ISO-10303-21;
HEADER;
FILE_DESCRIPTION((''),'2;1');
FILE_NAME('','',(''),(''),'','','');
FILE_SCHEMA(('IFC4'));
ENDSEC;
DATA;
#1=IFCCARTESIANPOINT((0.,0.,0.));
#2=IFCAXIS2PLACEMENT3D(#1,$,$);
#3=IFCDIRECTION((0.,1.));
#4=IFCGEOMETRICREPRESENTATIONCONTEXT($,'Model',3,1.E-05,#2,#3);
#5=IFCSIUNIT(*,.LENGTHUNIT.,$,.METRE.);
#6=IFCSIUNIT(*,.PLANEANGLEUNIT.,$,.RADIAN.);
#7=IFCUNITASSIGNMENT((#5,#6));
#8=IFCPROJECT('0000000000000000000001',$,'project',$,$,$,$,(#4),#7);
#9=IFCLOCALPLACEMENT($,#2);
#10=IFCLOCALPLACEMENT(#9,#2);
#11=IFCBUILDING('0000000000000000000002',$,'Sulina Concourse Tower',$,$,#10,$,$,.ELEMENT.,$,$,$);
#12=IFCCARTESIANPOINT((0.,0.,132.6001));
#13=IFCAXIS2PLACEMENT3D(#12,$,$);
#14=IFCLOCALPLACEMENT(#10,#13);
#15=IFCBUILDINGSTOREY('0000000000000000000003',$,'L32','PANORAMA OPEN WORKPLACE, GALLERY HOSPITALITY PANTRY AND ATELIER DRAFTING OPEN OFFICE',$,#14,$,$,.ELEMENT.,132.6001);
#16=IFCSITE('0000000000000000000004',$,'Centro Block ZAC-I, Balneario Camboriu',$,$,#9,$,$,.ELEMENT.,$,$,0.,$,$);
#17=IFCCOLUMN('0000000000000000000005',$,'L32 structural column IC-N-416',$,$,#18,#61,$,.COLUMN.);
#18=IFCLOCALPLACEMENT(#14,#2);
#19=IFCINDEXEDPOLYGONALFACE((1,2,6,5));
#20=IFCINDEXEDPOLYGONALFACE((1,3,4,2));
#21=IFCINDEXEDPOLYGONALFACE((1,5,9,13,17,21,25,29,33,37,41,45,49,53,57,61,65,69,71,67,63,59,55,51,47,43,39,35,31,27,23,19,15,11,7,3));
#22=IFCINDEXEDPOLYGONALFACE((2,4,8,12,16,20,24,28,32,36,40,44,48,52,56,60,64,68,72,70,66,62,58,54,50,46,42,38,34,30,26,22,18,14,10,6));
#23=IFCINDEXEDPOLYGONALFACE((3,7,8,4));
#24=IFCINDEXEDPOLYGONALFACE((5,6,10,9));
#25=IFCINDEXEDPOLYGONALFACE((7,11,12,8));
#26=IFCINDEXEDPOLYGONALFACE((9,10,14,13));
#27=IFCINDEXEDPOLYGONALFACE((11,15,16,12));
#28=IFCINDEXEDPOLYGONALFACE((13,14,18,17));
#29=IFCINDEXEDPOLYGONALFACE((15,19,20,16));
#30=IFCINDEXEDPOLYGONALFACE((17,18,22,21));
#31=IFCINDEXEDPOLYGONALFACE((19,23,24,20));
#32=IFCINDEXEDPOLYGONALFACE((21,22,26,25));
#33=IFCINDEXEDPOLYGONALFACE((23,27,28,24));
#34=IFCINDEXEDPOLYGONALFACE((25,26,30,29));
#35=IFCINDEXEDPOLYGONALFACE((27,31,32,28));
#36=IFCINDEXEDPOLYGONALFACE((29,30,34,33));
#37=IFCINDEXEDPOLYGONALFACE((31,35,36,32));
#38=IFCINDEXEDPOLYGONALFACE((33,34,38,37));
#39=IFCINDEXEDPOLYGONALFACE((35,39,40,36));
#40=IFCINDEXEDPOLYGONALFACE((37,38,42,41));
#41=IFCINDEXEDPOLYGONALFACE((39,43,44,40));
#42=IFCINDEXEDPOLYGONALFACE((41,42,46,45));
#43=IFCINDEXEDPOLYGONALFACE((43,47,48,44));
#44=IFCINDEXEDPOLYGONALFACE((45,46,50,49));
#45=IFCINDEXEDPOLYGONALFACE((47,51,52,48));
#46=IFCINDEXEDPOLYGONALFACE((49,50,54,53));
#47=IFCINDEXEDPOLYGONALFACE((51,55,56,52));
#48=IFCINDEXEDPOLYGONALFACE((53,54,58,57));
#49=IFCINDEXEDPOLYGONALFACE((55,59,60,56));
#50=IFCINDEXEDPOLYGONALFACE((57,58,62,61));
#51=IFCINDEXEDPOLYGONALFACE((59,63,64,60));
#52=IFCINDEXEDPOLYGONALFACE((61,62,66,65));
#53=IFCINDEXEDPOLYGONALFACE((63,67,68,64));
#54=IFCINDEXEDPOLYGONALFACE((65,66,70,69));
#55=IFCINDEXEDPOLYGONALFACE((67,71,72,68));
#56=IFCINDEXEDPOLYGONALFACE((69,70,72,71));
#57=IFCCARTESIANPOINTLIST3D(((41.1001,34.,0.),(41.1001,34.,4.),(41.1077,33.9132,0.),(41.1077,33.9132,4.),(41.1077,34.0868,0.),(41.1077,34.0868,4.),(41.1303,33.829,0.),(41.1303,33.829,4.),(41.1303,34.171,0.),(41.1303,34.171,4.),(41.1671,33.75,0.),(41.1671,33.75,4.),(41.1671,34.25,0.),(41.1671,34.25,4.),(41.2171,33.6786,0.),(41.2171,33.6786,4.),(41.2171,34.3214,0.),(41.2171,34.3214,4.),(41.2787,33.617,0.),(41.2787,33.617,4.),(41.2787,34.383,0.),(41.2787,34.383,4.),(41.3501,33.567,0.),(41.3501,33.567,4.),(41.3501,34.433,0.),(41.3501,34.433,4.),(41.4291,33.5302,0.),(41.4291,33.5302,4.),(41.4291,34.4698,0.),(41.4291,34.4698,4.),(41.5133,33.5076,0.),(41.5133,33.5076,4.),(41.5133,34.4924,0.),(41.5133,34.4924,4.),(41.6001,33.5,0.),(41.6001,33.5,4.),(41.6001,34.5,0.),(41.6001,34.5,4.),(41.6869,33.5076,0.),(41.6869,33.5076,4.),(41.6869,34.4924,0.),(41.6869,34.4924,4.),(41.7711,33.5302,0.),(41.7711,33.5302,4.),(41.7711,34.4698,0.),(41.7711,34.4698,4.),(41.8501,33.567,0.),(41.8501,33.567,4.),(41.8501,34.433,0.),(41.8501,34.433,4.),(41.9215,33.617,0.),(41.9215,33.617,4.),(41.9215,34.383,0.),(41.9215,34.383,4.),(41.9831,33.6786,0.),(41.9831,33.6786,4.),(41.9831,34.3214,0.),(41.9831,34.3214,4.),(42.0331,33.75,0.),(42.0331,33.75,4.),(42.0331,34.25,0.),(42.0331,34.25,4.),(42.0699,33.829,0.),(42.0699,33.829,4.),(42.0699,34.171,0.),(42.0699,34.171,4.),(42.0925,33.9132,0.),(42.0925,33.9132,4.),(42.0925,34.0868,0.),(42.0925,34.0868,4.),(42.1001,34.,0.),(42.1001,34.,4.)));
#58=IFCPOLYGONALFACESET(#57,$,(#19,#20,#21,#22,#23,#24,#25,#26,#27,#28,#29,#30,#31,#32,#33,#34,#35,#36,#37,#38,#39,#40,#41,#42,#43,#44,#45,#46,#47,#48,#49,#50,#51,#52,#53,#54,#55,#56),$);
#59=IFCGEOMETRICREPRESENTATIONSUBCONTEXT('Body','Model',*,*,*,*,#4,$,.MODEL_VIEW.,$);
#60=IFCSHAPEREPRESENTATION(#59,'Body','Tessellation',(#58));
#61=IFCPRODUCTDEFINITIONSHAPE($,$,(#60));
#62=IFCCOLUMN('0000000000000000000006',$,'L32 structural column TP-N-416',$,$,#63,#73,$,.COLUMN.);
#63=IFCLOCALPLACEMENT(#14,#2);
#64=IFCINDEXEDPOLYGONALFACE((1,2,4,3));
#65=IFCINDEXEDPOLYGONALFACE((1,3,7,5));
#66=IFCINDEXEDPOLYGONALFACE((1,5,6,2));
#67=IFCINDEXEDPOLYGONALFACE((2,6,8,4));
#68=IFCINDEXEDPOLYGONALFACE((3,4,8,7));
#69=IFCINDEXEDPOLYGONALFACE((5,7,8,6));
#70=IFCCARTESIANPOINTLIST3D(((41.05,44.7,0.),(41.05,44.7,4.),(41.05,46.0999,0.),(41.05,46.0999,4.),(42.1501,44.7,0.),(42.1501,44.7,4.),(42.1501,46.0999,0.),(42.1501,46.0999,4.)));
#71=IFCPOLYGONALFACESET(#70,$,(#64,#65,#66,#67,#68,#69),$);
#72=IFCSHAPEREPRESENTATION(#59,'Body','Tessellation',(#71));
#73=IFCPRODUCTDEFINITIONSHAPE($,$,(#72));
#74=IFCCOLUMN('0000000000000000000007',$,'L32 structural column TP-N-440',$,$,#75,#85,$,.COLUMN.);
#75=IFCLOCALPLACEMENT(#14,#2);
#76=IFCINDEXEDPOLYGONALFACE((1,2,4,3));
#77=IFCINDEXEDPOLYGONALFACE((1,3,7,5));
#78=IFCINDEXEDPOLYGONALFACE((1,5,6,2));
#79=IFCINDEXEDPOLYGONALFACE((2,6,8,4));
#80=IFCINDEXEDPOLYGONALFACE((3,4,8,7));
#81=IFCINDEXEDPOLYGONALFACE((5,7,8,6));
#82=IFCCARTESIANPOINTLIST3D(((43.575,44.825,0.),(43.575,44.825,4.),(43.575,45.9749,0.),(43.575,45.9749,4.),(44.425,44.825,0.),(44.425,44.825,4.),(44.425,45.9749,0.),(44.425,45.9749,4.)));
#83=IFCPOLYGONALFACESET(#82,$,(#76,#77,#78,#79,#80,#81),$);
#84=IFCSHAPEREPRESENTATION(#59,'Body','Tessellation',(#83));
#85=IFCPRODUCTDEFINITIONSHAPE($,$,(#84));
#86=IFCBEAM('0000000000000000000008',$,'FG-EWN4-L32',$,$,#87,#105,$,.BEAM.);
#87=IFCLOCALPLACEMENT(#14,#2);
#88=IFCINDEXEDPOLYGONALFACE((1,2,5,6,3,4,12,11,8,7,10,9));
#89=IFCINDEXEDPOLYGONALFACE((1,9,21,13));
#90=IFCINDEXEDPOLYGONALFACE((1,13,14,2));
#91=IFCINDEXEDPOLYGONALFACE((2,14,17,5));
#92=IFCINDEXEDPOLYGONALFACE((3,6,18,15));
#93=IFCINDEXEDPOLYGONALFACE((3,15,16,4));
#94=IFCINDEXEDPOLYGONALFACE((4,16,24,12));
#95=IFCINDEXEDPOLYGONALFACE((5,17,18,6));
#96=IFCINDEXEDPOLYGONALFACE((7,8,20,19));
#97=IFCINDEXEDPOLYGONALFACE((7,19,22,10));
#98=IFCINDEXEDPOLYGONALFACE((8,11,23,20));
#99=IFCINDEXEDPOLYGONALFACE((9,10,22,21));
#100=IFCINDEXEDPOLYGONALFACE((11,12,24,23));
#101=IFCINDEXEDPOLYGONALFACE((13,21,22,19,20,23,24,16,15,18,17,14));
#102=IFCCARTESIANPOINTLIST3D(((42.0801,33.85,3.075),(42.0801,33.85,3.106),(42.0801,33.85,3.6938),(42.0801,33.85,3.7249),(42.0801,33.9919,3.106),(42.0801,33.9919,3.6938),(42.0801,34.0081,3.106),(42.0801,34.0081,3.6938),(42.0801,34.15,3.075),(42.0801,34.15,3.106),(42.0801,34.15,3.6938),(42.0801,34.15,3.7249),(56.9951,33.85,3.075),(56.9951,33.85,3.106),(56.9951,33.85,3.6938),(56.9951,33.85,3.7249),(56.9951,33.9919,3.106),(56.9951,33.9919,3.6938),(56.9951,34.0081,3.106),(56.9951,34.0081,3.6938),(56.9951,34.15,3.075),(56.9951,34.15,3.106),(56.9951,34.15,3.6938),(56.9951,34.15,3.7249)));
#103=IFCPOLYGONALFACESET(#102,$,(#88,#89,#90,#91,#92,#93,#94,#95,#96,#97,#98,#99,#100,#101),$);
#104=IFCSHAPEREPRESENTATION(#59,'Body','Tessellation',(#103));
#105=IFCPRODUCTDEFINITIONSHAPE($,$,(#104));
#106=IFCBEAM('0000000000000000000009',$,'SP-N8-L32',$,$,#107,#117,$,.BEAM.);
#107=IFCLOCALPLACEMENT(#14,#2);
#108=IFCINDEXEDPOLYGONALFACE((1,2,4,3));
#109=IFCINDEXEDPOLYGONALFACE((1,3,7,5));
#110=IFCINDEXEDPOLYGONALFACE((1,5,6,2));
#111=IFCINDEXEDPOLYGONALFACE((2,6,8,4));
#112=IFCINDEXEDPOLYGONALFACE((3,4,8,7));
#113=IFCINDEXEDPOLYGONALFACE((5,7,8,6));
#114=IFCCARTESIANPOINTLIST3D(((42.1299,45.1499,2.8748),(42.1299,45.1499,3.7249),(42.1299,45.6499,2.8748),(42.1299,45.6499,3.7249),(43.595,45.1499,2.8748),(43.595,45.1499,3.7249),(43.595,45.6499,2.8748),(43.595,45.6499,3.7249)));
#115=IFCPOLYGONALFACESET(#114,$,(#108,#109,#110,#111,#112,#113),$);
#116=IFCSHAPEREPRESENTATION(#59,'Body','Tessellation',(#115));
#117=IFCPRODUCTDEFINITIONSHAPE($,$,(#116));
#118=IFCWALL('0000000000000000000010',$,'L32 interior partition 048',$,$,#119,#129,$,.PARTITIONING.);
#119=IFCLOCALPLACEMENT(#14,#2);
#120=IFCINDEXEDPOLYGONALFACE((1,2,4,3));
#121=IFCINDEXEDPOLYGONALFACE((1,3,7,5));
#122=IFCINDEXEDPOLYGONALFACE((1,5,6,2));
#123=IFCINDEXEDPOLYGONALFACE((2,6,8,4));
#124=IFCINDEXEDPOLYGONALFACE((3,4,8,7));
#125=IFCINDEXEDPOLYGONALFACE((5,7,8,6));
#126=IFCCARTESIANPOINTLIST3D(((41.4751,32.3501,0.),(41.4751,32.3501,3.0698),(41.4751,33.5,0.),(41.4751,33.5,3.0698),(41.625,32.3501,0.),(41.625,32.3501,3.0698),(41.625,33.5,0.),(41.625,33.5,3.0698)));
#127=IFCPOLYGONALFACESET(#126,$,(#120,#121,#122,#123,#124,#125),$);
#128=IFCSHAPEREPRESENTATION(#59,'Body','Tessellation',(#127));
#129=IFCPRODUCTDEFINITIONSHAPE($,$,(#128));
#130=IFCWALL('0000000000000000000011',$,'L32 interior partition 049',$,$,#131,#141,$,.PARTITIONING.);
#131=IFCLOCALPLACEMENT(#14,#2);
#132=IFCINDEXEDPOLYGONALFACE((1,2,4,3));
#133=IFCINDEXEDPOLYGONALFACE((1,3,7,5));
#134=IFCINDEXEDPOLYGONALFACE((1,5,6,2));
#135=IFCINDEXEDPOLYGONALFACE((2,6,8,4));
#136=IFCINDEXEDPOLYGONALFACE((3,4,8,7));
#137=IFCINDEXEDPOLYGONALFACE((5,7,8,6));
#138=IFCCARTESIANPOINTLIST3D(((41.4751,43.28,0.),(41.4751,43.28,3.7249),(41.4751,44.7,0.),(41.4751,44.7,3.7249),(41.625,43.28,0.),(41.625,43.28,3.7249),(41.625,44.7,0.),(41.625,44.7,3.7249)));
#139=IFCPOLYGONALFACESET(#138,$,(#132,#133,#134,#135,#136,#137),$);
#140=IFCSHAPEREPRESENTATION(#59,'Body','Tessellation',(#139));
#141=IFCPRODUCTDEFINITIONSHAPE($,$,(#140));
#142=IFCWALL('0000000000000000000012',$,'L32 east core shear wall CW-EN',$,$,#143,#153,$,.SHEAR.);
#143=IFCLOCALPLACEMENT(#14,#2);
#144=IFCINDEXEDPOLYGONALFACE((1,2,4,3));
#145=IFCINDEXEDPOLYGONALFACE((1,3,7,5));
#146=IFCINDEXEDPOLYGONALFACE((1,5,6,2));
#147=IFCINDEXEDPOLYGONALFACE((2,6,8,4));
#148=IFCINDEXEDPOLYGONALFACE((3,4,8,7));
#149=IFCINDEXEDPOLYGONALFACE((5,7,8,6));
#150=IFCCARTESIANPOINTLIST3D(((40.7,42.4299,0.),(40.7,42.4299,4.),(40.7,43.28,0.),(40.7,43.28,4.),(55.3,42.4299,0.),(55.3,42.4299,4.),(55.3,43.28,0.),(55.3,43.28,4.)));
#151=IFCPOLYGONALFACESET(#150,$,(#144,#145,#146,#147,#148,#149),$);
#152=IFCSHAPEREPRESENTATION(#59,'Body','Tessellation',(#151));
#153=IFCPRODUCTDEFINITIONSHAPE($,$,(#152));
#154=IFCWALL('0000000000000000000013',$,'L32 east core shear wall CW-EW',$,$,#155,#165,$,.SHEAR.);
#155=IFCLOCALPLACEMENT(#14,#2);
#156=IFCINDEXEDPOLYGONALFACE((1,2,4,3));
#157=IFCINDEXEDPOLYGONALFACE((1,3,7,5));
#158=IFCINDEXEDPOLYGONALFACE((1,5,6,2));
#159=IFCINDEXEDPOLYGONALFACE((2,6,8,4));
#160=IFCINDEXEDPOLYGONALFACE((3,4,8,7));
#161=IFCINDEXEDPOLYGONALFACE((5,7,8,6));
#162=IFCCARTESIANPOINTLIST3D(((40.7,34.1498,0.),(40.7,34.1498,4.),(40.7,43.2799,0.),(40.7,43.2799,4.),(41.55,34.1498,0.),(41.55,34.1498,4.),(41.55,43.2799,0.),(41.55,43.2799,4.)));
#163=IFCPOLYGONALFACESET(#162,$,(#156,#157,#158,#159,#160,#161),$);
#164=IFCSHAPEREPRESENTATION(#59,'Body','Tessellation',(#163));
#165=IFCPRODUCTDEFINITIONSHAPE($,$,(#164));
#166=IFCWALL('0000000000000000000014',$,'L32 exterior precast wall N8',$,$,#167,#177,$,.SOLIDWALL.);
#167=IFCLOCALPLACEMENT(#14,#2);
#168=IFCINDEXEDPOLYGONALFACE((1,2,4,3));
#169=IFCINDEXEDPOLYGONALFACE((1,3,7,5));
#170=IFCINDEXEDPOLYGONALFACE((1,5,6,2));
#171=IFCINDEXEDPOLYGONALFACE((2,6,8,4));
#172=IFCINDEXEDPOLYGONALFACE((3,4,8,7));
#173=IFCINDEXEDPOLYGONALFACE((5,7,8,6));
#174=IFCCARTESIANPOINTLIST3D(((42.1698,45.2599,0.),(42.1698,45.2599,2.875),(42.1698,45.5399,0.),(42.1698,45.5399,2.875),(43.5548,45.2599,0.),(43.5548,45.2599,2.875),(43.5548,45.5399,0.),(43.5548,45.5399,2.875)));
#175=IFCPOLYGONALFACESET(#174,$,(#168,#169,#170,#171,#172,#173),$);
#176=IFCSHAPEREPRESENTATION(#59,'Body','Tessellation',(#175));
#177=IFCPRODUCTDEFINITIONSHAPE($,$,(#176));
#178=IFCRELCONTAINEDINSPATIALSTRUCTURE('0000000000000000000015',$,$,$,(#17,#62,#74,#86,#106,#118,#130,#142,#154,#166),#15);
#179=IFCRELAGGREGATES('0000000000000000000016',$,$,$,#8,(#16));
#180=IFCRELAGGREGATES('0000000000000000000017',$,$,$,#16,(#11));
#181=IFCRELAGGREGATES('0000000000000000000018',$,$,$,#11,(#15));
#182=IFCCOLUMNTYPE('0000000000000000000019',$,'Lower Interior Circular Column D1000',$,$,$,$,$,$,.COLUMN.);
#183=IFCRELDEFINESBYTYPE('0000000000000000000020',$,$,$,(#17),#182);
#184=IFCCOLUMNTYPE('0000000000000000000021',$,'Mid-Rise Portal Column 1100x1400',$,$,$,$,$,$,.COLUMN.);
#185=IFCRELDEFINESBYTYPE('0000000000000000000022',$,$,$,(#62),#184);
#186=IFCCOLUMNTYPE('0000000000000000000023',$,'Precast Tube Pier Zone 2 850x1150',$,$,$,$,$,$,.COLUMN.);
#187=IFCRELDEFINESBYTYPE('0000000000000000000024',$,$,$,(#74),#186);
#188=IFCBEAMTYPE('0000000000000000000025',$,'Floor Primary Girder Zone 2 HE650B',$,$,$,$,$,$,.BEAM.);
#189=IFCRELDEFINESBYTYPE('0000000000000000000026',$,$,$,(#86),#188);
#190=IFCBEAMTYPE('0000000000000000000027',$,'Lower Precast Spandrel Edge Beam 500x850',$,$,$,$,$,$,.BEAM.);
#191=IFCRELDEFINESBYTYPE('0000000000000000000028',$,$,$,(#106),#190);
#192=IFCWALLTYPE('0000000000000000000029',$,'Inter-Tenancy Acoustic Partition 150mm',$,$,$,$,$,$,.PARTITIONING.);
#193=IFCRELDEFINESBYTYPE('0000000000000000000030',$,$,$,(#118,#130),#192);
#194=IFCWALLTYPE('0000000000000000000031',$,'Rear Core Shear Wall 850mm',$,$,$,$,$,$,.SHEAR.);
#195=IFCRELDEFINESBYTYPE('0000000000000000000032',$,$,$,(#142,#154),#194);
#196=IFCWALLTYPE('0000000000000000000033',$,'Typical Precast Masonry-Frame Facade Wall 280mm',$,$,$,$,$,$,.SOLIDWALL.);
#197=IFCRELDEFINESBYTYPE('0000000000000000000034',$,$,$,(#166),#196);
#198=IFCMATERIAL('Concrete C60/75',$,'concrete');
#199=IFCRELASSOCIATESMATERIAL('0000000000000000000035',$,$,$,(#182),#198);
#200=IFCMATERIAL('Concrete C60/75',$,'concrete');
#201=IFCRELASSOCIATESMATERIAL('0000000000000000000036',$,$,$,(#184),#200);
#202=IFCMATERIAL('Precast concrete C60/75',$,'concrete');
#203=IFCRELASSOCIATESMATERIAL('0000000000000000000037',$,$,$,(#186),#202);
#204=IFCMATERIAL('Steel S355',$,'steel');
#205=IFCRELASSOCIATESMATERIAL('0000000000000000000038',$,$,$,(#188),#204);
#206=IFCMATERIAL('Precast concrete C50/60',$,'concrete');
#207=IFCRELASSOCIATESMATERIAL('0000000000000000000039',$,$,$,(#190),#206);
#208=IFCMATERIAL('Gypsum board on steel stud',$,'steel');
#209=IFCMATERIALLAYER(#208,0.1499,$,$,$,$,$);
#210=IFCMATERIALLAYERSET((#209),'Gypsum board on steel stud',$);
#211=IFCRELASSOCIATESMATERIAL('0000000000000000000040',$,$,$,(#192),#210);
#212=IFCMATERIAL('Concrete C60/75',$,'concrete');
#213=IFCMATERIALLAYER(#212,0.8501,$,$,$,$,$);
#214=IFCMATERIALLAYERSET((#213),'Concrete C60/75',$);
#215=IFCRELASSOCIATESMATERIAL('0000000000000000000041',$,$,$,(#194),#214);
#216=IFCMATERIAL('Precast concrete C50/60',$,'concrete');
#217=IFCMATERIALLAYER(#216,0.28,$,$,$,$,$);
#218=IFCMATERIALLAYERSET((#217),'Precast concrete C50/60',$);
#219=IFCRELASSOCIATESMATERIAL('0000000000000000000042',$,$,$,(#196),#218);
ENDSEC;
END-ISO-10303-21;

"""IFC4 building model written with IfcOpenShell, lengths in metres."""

from ifc_helpers import new_model, si_unit, direction, frame, frame_2d, origin, origin_2d, place, context, subcontext, project, spatial, rectangle, circle, i_section, extrude, material, layer, layer_set, material_profile, profile_set, type_object, element, save


model = new_model("IFC4")

# Units and contexts
model_context = context("Model", 3, precision=1e-05, world=origin(), true_north=direction((0.0, 1.0)))
body_context = subcontext(model_context, "Body", "Model", "MODEL_VIEW")
ifc_project = project(units=[si_unit("LENGTHUNIT", "METRE"), si_unit("PLANEANGLEUNIT", "RADIAN")], contexts=[model_context])

# Site, building, storey
site_placement = place(None, origin())
site = spatial("IfcSite", under=ifc_project, at=site_placement, Name="Centro Block ZAC-I, Balneario Camboriu", CompositionType="ELEMENT", RefElevation=0.0)
building_placement = place(site_placement, origin())
building = spatial("IfcBuilding", under=site, at=building_placement, Name="Sulina Concourse Tower", CompositionType="ELEMENT")
storey_placement = place(building_placement, frame((0.0, 0.0, 132.6001)))
storey = spatial("IfcBuildingStorey", under=building, at=storey_placement, Name="L32", Description="PANORAMA OPEN WORKPLACE, GALLERY HOSPITALITY PANTRY AND ATELIER DRAFTING OPEN OFFICE", CompositionType="ELEMENT", Elevation=132.6001)

# Columns
ifc_material_1 = material(Name="Concrete C60/75", Category="concrete")
ifc_material_profile_1 = material_profile(ifc_material_1, circle(Radius=0.5, at=origin_2d()), Name="RC D1000")
ifc_profile_set_1 = profile_set([ifc_material_profile_1], Name="Concrete C60/75")
column_type_1 = type_object("IfcColumnType", Name="Lower Interior Circular Column D1000", PredefinedType="COLUMN", material=ifc_profile_set_1)
column_1_placement = place(storey_placement, frame((41.6001, 34.0, 0.0), z_axis=(0.0, 0.0, 1.0), x_axis=(1.0, 0.0, 0.0)))
element("IfcColumn", 1, at=column_1_placement, inside=storey, type_object=column_type_1, Name="L32 structural column IC-N-416", PredefinedType="COLUMN", context=body_context, shape_type="SweptSolid", body=[
    extrude(circle(Radius=0.5, at=origin_2d()), origin(), (0.0, 0.0, 1.0), 4.0),
])
ifc_material_2 = material(Name="Concrete C60/75", Category="concrete")
ifc_material_profile_2 = material_profile(ifc_material_2, rectangle(XDim=1.1001, YDim=1.3999, at=origin_2d()), Name="RC 1100x1400")
ifc_profile_set_2 = profile_set([ifc_material_profile_2], Name="Concrete C60/75")
column_type_2 = type_object("IfcColumnType", Name="Mid-Rise Portal Column 1100x1400", PredefinedType="COLUMN", material=ifc_profile_set_2)
column_2_placement = place(storey_placement, frame((41.6001, 45.3999, 0.0), z_axis=(0.0, 0.0, 1.0), x_axis=(1.0, 0.0, 0.0)))
element("IfcColumn", 2, at=column_2_placement, inside=storey, type_object=column_type_2, Name="L32 structural column TP-N-416", PredefinedType="COLUMN", context=body_context, shape_type="SweptSolid", body=[
    extrude(rectangle(XDim=1.1001, YDim=1.3999, at=origin_2d()), origin(), (0.0, 0.0, 1.0), 4.0),
])
ifc_material_3 = material(Name="Precast concrete C60/75", Category="concrete")
ifc_material_profile_3 = material_profile(ifc_material_3, rectangle(XDim=0.8501, YDim=1.1499, at=origin_2d()), Name="PC 850x1150")
ifc_profile_set_3 = profile_set([ifc_material_profile_3], Name="Precast concrete C60/75")
column_type_3 = type_object("IfcColumnType", Name="Precast Tube Pier Zone 2 850x1150", PredefinedType="COLUMN", material=ifc_profile_set_3)
column_3_placement = place(storey_placement, frame((44.0, 45.3999, 0.0), z_axis=(0.0, 0.0, 1.0), x_axis=(1.0, 0.0, 0.0)))
element("IfcColumn", 3, at=column_3_placement, inside=storey, type_object=column_type_3, Name="L32 structural column TP-N-440", PredefinedType="COLUMN", context=body_context, shape_type="SweptSolid", body=[
    extrude(rectangle(XDim=0.8501, YDim=1.1499, at=origin_2d()), origin(), (0.0, 0.0, 1.0), 4.0),
])

# Beams
ifc_material_4 = material(Name="Steel S355", Category="steel")
ifc_material_profile_4 = material_profile(ifc_material_4, i_section(OverallWidth=0.3, OverallDepth=0.6499, WebThickness=0.0161, FlangeThickness=0.031, at=origin_2d()), Name="HE 650 B")
ifc_profile_set_4 = profile_set([ifc_material_profile_4], Name="Steel S355")
beam_type_1 = type_object("IfcBeamType", Name="Floor Primary Girder Zone 2 HE650B", PredefinedType="BEAM", material=ifc_profile_set_4)
beam_1_placement = place(storey_placement, frame((42.0801, 34.0, 3.3999), z_axis=(1.0, 0.0, 0.0), x_axis=(0.0, 1.0, 0.0)))
element("IfcBeam", 4, at=beam_1_placement, inside=storey, type_object=beam_type_1, Name="FG-EWN4-L32", PredefinedType="BEAM", context=body_context, shape_type="SweptSolid", body=[
    extrude(i_section(OverallWidth=0.3, OverallDepth=0.6499, WebThickness=0.0161, FlangeThickness=0.031, at=origin_2d()), origin(), (0.0, 0.0, 1.0), 14.915),
])
ifc_material_5 = material(Name="Precast concrete C50/60", Category="concrete")
ifc_material_profile_5 = material_profile(ifc_material_5, rectangle(XDim=0.5, YDim=0.8501, at=origin_2d()), Name="RC 500x850")
ifc_profile_set_5 = profile_set([ifc_material_profile_5], Name="Precast concrete C50/60")
beam_type_2 = type_object("IfcBeamType", Name="Lower Precast Spandrel Edge Beam 500x850", PredefinedType="BEAM", material=ifc_profile_set_5)
beam_2_placement = place(storey_placement, frame((42.1299, 45.3999, 3.2998), z_axis=(1.0, 0.0, 0.0), x_axis=(0.0, 1.0, 0.0)))
element("IfcBeam", 5, at=beam_2_placement, inside=storey, type_object=beam_type_2, Name="SP-N8-L32", PredefinedType="BEAM", context=body_context, shape_type="SweptSolid", body=[
    extrude(rectangle(XDim=0.5, YDim=0.8501, at=origin_2d()), origin(), (0.0, 0.0, 1.0), 1.4651),
])

# Walls
ifc_material_6 = material(Name="Gypsum board on steel stud", Category="steel")
ifc_layer_1 = layer(ifc_material_6, 0.1499)
ifc_layer_set_1 = layer_set([ifc_layer_1], Name="Gypsum board on steel stud")
wall_type_1 = type_object("IfcWallType", Name="Inter-Tenancy Acoustic Partition 150mm", PredefinedType="PARTITIONING", material=ifc_layer_set_1)
wall_1_placement = place(storey_placement, frame((41.55, 32.3501, 0.0), z_axis=(0.0, 0.0, 1.0), x_axis=(0.0, 1.0, 0.0)))
element("IfcWall", 6, at=wall_1_placement, inside=storey, type_object=wall_type_1, Name="L32 interior partition 048", PredefinedType="PARTITIONING", context=body_context, shape_type="SweptSolid", body=[
    extrude(rectangle(XDim=1.1499, YDim=0.1499, at=frame_2d((0.575, 0.0))), origin(), (0.0, 0.0, 1.0), 3.0698),
])
wall_2_placement = place(storey_placement, frame((41.55, 43.28, 0.0), z_axis=(0.0, 0.0, 1.0), x_axis=(0.0, 1.0, 0.0)))
element("IfcWall", 7, at=wall_2_placement, inside=storey, type_object=wall_type_1, Name="L32 interior partition 049", PredefinedType="PARTITIONING", context=body_context, shape_type="SweptSolid", body=[
    extrude(rectangle(XDim=1.4199, YDim=0.1499, at=frame_2d((0.71, 0.0))), origin(), (0.0, 0.0, 1.0), 3.7249),
])
ifc_material_7 = material(Name="Concrete C60/75", Category="concrete")
ifc_layer_2 = layer(ifc_material_7, 0.8501)
ifc_layer_set_2 = layer_set([ifc_layer_2], Name="Concrete C60/75")
wall_type_2 = type_object("IfcWallType", Name="Rear Core Shear Wall 850mm", PredefinedType="SHEAR", material=ifc_layer_set_2)
wall_3_placement = place(storey_placement, frame((40.7, 42.855, 0.0), z_axis=(0.0, 0.0, 1.0), x_axis=(1.0, 0.0, 0.0)))
element("IfcWall", 8, at=wall_3_placement, inside=storey, type_object=wall_type_2, Name="L32 east core shear wall CW-EN", PredefinedType="SHEAR", context=body_context, shape_type="SweptSolid", body=[
    extrude(rectangle(XDim=14.6001, YDim=0.8501, at=frame_2d((7.3, 0.0))), origin(), (0.0, 0.0, 1.0), 4.0),
])
wall_4_placement = place(storey_placement, frame((41.125, 34.1499, 0.0), z_axis=(0.0, 0.0, 1.0), x_axis=(0.0, 1.0, 0.0)))
element("IfcWall", 9, at=wall_4_placement, inside=storey, type_object=wall_type_2, Name="L32 east core shear wall CW-EW", PredefinedType="SHEAR", context=body_context, shape_type="SweptSolid", body=[
    extrude(rectangle(XDim=9.1301, YDim=0.8501, at=frame_2d((4.5649, 0.0))), origin(), (0.0, 0.0, 1.0), 4.0),
])
ifc_material_8 = material(Name="Precast concrete C50/60", Category="concrete")
ifc_layer_3 = layer(ifc_material_8, 0.28)
ifc_layer_set_3 = layer_set([ifc_layer_3], Name="Precast concrete C50/60")
wall_type_3 = type_object("IfcWallType", Name="Typical Precast Masonry-Frame Facade Wall 280mm", PredefinedType="SOLIDWALL", material=ifc_layer_set_3)
wall_5_placement = place(storey_placement, frame((42.1699, 45.3999, 0.0), z_axis=(0.0, 0.0, 1.0), x_axis=(1.0, 0.0, 0.0)))
element("IfcWall", 10, at=wall_5_placement, inside=storey, type_object=wall_type_3, Name="L32 exterior precast wall N8", PredefinedType="SOLIDWALL", context=body_context, shape_type="SweptSolid", body=[
    extrude(rectangle(XDim=1.385, YDim=0.28, at=frame_2d((0.6924, 0.0))), origin(), (0.0, 0.0, 1.0), 2.875),
])

save(model, "model.ifc")
